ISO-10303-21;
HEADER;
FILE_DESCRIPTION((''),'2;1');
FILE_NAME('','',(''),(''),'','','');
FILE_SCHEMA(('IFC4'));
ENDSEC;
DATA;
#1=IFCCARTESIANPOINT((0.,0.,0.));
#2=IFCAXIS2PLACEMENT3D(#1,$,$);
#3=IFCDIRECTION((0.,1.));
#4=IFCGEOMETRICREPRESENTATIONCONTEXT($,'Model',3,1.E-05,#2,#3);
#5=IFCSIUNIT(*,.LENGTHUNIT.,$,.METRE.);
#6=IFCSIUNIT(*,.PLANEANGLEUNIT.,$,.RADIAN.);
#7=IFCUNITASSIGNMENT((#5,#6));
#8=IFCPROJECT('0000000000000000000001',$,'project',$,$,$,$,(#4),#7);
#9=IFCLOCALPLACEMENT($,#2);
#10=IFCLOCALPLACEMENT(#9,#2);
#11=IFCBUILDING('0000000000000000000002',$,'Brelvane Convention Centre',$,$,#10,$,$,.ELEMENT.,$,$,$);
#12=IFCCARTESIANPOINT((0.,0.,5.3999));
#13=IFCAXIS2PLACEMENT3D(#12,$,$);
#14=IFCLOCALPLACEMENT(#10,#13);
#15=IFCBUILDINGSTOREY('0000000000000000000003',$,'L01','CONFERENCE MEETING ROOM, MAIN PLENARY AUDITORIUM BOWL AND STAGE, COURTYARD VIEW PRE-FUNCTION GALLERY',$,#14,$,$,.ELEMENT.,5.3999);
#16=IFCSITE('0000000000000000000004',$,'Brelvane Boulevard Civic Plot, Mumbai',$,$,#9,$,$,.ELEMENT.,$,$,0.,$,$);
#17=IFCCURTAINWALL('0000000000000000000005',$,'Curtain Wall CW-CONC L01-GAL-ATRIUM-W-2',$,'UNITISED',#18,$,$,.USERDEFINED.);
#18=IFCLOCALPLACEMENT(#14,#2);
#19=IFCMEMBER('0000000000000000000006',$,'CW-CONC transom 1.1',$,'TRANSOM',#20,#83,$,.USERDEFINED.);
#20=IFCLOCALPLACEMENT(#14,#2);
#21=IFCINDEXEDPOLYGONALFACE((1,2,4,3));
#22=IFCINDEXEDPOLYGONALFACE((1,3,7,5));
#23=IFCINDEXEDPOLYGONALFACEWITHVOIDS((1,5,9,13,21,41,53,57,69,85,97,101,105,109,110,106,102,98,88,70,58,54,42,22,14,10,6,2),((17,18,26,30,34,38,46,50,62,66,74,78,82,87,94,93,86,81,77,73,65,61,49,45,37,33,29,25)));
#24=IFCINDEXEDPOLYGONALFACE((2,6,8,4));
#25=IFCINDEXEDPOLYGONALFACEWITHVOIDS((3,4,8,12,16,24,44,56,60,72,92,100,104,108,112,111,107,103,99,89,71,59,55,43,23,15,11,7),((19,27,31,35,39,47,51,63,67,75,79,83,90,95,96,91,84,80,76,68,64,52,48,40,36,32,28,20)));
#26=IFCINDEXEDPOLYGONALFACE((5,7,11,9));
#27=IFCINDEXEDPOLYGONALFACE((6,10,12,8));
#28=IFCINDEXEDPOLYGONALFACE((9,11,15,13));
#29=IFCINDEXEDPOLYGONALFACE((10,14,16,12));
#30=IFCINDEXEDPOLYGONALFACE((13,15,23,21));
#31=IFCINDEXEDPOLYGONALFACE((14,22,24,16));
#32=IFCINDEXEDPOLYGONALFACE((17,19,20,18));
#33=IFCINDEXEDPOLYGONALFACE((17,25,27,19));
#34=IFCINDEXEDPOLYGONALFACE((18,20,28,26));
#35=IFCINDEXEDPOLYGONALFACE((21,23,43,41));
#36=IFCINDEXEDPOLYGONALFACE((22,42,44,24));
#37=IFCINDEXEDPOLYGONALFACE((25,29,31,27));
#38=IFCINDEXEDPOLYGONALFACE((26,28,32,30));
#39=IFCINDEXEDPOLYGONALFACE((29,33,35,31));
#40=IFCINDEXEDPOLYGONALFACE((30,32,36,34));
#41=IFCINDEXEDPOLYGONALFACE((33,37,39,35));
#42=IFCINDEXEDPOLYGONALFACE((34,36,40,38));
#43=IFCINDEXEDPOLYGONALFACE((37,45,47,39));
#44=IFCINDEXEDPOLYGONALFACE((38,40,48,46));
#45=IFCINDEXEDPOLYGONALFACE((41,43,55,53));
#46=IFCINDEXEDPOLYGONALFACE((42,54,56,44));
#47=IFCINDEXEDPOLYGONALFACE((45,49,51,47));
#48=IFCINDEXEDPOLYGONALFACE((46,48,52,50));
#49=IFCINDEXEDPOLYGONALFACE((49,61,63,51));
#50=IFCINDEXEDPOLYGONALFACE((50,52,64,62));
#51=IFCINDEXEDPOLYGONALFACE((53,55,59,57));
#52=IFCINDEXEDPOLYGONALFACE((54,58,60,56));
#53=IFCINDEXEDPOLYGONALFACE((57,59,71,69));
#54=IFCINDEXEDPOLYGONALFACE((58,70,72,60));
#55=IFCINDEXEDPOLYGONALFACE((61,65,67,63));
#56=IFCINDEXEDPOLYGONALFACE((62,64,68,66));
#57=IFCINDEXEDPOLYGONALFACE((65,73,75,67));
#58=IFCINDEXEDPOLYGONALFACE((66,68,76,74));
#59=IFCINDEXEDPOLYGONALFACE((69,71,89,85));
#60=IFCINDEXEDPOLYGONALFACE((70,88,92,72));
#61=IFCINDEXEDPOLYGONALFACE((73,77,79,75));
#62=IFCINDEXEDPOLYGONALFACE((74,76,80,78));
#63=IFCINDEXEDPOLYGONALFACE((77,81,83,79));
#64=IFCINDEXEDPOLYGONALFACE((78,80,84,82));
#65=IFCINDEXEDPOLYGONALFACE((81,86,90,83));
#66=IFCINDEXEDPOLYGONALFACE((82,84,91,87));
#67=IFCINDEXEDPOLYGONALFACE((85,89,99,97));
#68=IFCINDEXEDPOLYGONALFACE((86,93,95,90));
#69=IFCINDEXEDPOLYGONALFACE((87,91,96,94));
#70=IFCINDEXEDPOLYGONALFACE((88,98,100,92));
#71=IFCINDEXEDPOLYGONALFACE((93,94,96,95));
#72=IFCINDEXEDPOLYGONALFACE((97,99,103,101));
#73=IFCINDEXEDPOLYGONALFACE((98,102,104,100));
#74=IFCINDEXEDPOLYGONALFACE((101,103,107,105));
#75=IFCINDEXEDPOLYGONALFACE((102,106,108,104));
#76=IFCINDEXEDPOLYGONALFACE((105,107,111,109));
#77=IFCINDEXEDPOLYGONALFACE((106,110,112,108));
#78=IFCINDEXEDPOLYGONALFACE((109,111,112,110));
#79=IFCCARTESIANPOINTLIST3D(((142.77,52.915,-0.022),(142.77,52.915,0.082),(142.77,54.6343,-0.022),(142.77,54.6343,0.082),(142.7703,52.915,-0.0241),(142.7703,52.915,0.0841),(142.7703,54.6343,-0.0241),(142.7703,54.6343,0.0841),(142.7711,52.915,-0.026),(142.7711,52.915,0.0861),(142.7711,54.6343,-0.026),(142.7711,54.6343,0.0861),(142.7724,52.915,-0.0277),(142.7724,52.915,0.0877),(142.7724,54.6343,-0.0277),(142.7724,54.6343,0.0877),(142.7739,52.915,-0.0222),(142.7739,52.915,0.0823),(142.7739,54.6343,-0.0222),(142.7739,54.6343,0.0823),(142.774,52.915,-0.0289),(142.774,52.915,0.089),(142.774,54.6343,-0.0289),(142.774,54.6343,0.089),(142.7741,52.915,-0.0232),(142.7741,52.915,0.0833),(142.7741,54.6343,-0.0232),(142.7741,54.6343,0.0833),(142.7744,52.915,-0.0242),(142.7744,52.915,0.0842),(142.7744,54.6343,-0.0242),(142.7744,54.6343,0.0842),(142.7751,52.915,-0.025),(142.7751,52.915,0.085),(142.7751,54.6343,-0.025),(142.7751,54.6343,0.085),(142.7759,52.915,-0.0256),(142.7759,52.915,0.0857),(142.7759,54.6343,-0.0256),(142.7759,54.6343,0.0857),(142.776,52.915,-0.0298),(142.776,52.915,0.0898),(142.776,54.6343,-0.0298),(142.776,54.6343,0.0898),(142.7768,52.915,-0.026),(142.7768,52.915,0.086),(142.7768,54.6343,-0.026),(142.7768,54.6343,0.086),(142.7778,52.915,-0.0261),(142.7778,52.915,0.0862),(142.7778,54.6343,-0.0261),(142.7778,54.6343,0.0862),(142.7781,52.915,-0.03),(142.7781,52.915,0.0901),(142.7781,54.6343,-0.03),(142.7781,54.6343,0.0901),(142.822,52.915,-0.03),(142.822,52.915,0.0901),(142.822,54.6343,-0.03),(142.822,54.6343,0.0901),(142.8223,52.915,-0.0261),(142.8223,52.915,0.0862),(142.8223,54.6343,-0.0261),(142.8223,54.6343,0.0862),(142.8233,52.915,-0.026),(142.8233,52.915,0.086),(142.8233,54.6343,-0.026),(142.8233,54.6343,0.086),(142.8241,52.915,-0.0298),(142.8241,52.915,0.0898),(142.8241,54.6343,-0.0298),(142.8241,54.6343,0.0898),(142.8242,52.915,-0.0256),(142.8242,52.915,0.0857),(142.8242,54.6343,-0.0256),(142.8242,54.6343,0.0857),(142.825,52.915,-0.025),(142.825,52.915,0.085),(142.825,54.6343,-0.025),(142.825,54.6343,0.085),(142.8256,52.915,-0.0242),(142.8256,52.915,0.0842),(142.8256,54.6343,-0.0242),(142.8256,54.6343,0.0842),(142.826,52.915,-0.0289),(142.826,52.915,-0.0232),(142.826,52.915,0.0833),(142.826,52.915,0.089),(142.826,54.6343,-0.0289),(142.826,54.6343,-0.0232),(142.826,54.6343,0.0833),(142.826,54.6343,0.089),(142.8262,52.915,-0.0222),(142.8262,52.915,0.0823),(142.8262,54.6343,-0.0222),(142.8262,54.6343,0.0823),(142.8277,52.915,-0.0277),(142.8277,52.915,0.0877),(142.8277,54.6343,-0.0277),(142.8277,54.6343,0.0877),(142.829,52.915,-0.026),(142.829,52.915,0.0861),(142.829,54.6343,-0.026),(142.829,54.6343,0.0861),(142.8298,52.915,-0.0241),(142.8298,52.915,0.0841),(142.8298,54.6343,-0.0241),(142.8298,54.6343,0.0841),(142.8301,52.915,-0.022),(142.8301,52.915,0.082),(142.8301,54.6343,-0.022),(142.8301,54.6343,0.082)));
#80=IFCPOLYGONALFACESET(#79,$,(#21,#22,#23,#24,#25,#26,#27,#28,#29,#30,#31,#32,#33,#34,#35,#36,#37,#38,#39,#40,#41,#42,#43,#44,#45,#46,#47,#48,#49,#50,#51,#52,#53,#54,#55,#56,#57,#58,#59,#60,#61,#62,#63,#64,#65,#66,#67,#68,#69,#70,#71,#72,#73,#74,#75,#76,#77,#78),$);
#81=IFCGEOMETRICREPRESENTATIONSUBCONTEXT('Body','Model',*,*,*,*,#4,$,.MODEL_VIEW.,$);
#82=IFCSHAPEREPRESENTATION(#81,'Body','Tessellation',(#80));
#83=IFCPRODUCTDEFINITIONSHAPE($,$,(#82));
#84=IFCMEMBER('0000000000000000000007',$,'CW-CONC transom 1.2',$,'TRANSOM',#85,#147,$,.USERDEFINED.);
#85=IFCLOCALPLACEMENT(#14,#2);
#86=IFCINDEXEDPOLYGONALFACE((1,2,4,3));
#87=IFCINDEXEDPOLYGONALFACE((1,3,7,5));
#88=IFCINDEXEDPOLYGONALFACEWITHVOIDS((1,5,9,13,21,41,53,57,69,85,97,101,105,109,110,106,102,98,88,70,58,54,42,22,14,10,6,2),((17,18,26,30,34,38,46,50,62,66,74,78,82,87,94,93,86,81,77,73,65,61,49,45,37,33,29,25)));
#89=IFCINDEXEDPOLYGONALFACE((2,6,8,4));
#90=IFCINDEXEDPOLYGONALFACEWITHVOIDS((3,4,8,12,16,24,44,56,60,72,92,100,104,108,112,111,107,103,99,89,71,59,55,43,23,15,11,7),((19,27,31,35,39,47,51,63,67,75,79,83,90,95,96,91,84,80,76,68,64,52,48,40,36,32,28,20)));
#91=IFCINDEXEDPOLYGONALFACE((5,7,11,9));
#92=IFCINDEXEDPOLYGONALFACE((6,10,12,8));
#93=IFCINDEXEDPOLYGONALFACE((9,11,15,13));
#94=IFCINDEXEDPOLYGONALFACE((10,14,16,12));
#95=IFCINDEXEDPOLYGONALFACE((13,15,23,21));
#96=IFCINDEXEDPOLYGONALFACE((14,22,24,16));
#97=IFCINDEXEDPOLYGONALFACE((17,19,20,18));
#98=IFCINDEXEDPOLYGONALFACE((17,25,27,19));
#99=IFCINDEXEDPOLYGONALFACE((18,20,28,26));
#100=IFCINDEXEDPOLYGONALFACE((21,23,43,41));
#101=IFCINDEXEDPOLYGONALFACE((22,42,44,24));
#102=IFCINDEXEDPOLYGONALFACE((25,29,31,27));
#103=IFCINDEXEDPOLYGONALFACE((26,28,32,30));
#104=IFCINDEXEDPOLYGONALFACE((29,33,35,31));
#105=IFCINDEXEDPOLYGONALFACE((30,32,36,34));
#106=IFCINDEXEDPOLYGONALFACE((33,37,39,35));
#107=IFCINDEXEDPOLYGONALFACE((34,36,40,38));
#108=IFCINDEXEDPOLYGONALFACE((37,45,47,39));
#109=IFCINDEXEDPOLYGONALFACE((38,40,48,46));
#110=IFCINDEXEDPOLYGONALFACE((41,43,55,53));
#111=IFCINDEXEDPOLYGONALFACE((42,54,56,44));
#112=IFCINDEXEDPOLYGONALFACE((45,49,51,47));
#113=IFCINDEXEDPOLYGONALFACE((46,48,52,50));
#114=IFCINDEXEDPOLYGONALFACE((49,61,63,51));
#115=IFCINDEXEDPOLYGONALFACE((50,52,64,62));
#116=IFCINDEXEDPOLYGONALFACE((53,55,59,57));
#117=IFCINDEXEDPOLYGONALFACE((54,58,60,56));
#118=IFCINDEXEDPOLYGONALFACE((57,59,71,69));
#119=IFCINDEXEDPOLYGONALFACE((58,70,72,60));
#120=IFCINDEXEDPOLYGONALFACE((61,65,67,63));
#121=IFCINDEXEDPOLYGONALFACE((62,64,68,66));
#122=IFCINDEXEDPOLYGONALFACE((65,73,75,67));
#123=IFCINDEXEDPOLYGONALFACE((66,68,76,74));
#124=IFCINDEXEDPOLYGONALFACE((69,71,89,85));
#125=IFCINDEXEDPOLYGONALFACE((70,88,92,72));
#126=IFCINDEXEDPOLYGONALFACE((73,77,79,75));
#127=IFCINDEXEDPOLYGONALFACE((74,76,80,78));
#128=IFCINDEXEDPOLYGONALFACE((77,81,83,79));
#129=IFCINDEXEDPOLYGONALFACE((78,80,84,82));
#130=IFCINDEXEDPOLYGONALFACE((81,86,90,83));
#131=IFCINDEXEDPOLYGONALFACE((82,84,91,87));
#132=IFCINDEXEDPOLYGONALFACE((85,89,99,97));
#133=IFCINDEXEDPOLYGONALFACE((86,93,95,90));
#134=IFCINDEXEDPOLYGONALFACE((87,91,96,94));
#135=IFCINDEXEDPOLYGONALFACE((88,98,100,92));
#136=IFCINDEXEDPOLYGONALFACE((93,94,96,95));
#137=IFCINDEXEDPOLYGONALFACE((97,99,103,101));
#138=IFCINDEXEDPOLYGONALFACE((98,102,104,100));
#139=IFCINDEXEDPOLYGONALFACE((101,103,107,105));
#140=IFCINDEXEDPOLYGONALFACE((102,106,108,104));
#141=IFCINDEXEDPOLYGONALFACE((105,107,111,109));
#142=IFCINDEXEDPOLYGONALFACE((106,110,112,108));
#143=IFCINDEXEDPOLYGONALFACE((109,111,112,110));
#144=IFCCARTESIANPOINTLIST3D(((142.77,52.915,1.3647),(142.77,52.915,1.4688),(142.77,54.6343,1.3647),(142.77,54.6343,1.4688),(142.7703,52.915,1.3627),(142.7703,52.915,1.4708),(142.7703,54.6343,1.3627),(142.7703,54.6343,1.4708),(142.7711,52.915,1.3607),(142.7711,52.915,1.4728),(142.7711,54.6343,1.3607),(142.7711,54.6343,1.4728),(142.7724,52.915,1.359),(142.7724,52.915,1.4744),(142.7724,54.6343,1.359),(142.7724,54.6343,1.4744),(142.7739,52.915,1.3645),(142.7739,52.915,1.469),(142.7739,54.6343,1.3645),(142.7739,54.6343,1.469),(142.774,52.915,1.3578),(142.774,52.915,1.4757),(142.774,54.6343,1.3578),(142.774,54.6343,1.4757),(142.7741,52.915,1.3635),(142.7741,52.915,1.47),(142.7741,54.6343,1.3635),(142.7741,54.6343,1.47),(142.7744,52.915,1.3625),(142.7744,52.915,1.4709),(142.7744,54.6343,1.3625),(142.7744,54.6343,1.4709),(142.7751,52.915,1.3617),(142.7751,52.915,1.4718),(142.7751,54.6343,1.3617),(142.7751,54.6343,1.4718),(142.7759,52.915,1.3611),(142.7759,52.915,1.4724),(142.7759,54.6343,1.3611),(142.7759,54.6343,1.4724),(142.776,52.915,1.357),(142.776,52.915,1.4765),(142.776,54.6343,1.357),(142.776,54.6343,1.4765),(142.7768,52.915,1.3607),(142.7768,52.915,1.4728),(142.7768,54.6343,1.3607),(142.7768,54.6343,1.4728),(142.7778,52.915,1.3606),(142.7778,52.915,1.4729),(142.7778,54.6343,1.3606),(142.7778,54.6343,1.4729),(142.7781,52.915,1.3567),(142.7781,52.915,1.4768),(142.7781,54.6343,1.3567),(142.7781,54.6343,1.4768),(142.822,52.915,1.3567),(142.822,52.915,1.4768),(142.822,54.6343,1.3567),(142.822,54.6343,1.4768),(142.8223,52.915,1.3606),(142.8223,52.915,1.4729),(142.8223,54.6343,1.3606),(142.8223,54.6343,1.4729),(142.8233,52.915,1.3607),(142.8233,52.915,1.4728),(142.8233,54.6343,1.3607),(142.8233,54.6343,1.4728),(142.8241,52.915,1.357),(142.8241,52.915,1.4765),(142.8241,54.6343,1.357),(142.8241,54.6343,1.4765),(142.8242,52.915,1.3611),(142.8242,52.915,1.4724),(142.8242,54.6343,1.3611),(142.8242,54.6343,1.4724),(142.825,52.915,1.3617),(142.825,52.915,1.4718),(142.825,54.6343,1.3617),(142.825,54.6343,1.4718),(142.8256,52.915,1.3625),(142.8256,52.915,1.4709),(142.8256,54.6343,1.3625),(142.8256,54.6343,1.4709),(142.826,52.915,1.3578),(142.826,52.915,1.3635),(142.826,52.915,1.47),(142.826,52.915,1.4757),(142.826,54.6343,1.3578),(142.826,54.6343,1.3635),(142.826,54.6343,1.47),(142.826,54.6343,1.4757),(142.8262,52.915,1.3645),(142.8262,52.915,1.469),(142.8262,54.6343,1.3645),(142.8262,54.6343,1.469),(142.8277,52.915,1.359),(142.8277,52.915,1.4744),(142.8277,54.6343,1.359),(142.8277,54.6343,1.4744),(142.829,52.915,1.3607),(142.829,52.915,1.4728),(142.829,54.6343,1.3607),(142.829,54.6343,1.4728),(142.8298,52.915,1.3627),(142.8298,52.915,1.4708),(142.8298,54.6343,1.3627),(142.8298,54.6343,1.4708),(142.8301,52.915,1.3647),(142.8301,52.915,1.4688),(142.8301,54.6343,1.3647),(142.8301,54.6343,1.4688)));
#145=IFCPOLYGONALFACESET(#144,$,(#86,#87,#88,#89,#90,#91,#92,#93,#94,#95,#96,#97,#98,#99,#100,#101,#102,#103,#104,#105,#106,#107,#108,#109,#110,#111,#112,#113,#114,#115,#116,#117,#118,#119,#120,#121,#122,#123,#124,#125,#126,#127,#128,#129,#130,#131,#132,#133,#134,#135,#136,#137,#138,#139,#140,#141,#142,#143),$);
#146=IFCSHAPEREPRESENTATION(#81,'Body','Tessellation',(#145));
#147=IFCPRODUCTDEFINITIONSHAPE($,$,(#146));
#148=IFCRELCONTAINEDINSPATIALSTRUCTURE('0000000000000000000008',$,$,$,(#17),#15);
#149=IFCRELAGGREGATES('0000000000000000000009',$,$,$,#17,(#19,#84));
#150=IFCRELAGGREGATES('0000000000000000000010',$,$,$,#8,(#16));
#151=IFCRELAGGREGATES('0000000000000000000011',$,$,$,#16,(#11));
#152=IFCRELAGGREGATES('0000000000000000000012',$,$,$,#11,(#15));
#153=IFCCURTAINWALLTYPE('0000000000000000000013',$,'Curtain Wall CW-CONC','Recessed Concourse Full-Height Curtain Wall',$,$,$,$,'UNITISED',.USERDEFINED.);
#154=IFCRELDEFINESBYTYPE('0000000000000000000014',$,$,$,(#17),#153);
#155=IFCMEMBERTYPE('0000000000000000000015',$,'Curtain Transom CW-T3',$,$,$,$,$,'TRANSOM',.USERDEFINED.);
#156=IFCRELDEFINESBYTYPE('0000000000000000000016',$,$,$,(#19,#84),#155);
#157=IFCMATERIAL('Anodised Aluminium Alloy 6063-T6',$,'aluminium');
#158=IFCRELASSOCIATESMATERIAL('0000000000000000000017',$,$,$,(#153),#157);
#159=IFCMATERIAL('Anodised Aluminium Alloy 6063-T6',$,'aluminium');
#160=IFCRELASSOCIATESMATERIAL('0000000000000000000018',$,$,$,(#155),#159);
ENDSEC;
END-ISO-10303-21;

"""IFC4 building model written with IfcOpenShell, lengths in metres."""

from ifc_helpers import new_model, si_unit, direction, frame, origin, origin_2d, place, context, subcontext, project, spatial, hollow_rectangle, extrude, material, material_profile, profile_set, type_object, element, aggregate, save


model = new_model("IFC4")

# Units and contexts
model_context = context("Model", 3, precision=1e-05, world=origin(), true_north=direction((0.0, 1.0)))
body_context = subcontext(model_context, "Body", "Model", "MODEL_VIEW")
ifc_project = project(units=[si_unit("LENGTHUNIT", "METRE"), si_unit("PLANEANGLEUNIT", "RADIAN")], contexts=[model_context])

# Site, building, storey
site_placement = place(None, origin())
site = spatial("IfcSite", under=ifc_project, at=site_placement, Name="Brelvane Boulevard Civic Plot, Mumbai", CompositionType="ELEMENT", RefElevation=0.0)
building_placement = place(site_placement, origin())
building = spatial("IfcBuilding", under=site, at=building_placement, Name="Brelvane Convention Centre", CompositionType="ELEMENT")
storey_placement = place(building_placement, frame((0.0, 0.0, 5.3999)))
storey = spatial("IfcBuildingStorey", under=building, at=storey_placement, Name="L01", Description="CONFERENCE MEETING ROOM, MAIN PLENARY AUDITORIUM BOWL AND STAGE, COURTYARD VIEW PRE-FUNCTION GALLERY", CompositionType="ELEMENT", Elevation=5.3999)

# Curtain wall, members
ifc_material_1 = material(Name="Anodised Aluminium Alloy 6063-T6", Category="aluminium")
curtain_wall_type = type_object("IfcCurtainWallType", Name="Curtain Wall CW-CONC", Description="Recessed Concourse Full-Height Curtain Wall", ElementType="UNITISED", PredefinedType="USERDEFINED", material=ifc_material_1)
curtain_wall_placement = place(storey_placement, origin())
curtain_wall = element("IfcCurtainWall", 1, at=curtain_wall_placement, inside=storey, type_object=curtain_wall_type, Name="Curtain Wall CW-CONC L01-GAL-ATRIUM-W-2", ObjectType="UNITISED", PredefinedType="USERDEFINED")
ifc_material_2 = material(Name="Anodised Aluminium Alloy 6063-T6", Category="aluminium")
ifc_material_profile_1 = material_profile(ifc_material_2, hollow_rectangle(XDim=0.0601, YDim=0.1201, WallThickness=0.0039, InnerFilletRadius=0.0039, OuterFilletRadius=0.0081, at=origin_2d()), Name="ALU-T 120x60x4.0")
ifc_profile_set_1 = profile_set([ifc_material_profile_1], Name="Anodised Aluminium Alloy 6063-T6")
member_type_1 = type_object("IfcMemberType", Name="Curtain Transom CW-T3", ElementType="TRANSOM", PredefinedType="USERDEFINED", material=ifc_profile_set_1)
member_1_placement = place(storey_placement, frame((142.8, 52.915, 0.03), z_axis=(0.0, 1.0, 0.0), x_axis=(-1.0, 0.0, 0.0)))
member_1 = element("IfcMember", 2, at=member_1_placement, type_object=member_type_1, Name="CW-CONC transom 1.1", ObjectType="TRANSOM", PredefinedType="USERDEFINED", context=body_context, shape_type="SweptSolid", body=[
    extrude(hollow_rectangle(XDim=0.0601, YDim=0.1201, WallThickness=0.0039, InnerFilletRadius=0.0039, OuterFilletRadius=0.0081, at=origin_2d()), origin(), (0.0, 0.0, 1.0), 1.7192),
])
member_2_placement = place(storey_placement, frame((142.8, 52.915, 1.4167), z_axis=(0.0, 1.0, 0.0), x_axis=(-1.0, 0.0, 0.0)))
member_2 = element("IfcMember", 3, at=member_2_placement, type_object=member_type_1, Name="CW-CONC transom 1.2", ObjectType="TRANSOM", PredefinedType="USERDEFINED", context=body_context, shape_type="SweptSolid", body=[
    extrude(hollow_rectangle(XDim=0.0601, YDim=0.1201, WallThickness=0.0039, InnerFilletRadius=0.0039, OuterFilletRadius=0.0081, at=origin_2d()), origin(), (0.0, 0.0, 1.0), 1.7192),
])

aggregate(curtain_wall, [member_1, member_2])

save(model, "model.ifc")
